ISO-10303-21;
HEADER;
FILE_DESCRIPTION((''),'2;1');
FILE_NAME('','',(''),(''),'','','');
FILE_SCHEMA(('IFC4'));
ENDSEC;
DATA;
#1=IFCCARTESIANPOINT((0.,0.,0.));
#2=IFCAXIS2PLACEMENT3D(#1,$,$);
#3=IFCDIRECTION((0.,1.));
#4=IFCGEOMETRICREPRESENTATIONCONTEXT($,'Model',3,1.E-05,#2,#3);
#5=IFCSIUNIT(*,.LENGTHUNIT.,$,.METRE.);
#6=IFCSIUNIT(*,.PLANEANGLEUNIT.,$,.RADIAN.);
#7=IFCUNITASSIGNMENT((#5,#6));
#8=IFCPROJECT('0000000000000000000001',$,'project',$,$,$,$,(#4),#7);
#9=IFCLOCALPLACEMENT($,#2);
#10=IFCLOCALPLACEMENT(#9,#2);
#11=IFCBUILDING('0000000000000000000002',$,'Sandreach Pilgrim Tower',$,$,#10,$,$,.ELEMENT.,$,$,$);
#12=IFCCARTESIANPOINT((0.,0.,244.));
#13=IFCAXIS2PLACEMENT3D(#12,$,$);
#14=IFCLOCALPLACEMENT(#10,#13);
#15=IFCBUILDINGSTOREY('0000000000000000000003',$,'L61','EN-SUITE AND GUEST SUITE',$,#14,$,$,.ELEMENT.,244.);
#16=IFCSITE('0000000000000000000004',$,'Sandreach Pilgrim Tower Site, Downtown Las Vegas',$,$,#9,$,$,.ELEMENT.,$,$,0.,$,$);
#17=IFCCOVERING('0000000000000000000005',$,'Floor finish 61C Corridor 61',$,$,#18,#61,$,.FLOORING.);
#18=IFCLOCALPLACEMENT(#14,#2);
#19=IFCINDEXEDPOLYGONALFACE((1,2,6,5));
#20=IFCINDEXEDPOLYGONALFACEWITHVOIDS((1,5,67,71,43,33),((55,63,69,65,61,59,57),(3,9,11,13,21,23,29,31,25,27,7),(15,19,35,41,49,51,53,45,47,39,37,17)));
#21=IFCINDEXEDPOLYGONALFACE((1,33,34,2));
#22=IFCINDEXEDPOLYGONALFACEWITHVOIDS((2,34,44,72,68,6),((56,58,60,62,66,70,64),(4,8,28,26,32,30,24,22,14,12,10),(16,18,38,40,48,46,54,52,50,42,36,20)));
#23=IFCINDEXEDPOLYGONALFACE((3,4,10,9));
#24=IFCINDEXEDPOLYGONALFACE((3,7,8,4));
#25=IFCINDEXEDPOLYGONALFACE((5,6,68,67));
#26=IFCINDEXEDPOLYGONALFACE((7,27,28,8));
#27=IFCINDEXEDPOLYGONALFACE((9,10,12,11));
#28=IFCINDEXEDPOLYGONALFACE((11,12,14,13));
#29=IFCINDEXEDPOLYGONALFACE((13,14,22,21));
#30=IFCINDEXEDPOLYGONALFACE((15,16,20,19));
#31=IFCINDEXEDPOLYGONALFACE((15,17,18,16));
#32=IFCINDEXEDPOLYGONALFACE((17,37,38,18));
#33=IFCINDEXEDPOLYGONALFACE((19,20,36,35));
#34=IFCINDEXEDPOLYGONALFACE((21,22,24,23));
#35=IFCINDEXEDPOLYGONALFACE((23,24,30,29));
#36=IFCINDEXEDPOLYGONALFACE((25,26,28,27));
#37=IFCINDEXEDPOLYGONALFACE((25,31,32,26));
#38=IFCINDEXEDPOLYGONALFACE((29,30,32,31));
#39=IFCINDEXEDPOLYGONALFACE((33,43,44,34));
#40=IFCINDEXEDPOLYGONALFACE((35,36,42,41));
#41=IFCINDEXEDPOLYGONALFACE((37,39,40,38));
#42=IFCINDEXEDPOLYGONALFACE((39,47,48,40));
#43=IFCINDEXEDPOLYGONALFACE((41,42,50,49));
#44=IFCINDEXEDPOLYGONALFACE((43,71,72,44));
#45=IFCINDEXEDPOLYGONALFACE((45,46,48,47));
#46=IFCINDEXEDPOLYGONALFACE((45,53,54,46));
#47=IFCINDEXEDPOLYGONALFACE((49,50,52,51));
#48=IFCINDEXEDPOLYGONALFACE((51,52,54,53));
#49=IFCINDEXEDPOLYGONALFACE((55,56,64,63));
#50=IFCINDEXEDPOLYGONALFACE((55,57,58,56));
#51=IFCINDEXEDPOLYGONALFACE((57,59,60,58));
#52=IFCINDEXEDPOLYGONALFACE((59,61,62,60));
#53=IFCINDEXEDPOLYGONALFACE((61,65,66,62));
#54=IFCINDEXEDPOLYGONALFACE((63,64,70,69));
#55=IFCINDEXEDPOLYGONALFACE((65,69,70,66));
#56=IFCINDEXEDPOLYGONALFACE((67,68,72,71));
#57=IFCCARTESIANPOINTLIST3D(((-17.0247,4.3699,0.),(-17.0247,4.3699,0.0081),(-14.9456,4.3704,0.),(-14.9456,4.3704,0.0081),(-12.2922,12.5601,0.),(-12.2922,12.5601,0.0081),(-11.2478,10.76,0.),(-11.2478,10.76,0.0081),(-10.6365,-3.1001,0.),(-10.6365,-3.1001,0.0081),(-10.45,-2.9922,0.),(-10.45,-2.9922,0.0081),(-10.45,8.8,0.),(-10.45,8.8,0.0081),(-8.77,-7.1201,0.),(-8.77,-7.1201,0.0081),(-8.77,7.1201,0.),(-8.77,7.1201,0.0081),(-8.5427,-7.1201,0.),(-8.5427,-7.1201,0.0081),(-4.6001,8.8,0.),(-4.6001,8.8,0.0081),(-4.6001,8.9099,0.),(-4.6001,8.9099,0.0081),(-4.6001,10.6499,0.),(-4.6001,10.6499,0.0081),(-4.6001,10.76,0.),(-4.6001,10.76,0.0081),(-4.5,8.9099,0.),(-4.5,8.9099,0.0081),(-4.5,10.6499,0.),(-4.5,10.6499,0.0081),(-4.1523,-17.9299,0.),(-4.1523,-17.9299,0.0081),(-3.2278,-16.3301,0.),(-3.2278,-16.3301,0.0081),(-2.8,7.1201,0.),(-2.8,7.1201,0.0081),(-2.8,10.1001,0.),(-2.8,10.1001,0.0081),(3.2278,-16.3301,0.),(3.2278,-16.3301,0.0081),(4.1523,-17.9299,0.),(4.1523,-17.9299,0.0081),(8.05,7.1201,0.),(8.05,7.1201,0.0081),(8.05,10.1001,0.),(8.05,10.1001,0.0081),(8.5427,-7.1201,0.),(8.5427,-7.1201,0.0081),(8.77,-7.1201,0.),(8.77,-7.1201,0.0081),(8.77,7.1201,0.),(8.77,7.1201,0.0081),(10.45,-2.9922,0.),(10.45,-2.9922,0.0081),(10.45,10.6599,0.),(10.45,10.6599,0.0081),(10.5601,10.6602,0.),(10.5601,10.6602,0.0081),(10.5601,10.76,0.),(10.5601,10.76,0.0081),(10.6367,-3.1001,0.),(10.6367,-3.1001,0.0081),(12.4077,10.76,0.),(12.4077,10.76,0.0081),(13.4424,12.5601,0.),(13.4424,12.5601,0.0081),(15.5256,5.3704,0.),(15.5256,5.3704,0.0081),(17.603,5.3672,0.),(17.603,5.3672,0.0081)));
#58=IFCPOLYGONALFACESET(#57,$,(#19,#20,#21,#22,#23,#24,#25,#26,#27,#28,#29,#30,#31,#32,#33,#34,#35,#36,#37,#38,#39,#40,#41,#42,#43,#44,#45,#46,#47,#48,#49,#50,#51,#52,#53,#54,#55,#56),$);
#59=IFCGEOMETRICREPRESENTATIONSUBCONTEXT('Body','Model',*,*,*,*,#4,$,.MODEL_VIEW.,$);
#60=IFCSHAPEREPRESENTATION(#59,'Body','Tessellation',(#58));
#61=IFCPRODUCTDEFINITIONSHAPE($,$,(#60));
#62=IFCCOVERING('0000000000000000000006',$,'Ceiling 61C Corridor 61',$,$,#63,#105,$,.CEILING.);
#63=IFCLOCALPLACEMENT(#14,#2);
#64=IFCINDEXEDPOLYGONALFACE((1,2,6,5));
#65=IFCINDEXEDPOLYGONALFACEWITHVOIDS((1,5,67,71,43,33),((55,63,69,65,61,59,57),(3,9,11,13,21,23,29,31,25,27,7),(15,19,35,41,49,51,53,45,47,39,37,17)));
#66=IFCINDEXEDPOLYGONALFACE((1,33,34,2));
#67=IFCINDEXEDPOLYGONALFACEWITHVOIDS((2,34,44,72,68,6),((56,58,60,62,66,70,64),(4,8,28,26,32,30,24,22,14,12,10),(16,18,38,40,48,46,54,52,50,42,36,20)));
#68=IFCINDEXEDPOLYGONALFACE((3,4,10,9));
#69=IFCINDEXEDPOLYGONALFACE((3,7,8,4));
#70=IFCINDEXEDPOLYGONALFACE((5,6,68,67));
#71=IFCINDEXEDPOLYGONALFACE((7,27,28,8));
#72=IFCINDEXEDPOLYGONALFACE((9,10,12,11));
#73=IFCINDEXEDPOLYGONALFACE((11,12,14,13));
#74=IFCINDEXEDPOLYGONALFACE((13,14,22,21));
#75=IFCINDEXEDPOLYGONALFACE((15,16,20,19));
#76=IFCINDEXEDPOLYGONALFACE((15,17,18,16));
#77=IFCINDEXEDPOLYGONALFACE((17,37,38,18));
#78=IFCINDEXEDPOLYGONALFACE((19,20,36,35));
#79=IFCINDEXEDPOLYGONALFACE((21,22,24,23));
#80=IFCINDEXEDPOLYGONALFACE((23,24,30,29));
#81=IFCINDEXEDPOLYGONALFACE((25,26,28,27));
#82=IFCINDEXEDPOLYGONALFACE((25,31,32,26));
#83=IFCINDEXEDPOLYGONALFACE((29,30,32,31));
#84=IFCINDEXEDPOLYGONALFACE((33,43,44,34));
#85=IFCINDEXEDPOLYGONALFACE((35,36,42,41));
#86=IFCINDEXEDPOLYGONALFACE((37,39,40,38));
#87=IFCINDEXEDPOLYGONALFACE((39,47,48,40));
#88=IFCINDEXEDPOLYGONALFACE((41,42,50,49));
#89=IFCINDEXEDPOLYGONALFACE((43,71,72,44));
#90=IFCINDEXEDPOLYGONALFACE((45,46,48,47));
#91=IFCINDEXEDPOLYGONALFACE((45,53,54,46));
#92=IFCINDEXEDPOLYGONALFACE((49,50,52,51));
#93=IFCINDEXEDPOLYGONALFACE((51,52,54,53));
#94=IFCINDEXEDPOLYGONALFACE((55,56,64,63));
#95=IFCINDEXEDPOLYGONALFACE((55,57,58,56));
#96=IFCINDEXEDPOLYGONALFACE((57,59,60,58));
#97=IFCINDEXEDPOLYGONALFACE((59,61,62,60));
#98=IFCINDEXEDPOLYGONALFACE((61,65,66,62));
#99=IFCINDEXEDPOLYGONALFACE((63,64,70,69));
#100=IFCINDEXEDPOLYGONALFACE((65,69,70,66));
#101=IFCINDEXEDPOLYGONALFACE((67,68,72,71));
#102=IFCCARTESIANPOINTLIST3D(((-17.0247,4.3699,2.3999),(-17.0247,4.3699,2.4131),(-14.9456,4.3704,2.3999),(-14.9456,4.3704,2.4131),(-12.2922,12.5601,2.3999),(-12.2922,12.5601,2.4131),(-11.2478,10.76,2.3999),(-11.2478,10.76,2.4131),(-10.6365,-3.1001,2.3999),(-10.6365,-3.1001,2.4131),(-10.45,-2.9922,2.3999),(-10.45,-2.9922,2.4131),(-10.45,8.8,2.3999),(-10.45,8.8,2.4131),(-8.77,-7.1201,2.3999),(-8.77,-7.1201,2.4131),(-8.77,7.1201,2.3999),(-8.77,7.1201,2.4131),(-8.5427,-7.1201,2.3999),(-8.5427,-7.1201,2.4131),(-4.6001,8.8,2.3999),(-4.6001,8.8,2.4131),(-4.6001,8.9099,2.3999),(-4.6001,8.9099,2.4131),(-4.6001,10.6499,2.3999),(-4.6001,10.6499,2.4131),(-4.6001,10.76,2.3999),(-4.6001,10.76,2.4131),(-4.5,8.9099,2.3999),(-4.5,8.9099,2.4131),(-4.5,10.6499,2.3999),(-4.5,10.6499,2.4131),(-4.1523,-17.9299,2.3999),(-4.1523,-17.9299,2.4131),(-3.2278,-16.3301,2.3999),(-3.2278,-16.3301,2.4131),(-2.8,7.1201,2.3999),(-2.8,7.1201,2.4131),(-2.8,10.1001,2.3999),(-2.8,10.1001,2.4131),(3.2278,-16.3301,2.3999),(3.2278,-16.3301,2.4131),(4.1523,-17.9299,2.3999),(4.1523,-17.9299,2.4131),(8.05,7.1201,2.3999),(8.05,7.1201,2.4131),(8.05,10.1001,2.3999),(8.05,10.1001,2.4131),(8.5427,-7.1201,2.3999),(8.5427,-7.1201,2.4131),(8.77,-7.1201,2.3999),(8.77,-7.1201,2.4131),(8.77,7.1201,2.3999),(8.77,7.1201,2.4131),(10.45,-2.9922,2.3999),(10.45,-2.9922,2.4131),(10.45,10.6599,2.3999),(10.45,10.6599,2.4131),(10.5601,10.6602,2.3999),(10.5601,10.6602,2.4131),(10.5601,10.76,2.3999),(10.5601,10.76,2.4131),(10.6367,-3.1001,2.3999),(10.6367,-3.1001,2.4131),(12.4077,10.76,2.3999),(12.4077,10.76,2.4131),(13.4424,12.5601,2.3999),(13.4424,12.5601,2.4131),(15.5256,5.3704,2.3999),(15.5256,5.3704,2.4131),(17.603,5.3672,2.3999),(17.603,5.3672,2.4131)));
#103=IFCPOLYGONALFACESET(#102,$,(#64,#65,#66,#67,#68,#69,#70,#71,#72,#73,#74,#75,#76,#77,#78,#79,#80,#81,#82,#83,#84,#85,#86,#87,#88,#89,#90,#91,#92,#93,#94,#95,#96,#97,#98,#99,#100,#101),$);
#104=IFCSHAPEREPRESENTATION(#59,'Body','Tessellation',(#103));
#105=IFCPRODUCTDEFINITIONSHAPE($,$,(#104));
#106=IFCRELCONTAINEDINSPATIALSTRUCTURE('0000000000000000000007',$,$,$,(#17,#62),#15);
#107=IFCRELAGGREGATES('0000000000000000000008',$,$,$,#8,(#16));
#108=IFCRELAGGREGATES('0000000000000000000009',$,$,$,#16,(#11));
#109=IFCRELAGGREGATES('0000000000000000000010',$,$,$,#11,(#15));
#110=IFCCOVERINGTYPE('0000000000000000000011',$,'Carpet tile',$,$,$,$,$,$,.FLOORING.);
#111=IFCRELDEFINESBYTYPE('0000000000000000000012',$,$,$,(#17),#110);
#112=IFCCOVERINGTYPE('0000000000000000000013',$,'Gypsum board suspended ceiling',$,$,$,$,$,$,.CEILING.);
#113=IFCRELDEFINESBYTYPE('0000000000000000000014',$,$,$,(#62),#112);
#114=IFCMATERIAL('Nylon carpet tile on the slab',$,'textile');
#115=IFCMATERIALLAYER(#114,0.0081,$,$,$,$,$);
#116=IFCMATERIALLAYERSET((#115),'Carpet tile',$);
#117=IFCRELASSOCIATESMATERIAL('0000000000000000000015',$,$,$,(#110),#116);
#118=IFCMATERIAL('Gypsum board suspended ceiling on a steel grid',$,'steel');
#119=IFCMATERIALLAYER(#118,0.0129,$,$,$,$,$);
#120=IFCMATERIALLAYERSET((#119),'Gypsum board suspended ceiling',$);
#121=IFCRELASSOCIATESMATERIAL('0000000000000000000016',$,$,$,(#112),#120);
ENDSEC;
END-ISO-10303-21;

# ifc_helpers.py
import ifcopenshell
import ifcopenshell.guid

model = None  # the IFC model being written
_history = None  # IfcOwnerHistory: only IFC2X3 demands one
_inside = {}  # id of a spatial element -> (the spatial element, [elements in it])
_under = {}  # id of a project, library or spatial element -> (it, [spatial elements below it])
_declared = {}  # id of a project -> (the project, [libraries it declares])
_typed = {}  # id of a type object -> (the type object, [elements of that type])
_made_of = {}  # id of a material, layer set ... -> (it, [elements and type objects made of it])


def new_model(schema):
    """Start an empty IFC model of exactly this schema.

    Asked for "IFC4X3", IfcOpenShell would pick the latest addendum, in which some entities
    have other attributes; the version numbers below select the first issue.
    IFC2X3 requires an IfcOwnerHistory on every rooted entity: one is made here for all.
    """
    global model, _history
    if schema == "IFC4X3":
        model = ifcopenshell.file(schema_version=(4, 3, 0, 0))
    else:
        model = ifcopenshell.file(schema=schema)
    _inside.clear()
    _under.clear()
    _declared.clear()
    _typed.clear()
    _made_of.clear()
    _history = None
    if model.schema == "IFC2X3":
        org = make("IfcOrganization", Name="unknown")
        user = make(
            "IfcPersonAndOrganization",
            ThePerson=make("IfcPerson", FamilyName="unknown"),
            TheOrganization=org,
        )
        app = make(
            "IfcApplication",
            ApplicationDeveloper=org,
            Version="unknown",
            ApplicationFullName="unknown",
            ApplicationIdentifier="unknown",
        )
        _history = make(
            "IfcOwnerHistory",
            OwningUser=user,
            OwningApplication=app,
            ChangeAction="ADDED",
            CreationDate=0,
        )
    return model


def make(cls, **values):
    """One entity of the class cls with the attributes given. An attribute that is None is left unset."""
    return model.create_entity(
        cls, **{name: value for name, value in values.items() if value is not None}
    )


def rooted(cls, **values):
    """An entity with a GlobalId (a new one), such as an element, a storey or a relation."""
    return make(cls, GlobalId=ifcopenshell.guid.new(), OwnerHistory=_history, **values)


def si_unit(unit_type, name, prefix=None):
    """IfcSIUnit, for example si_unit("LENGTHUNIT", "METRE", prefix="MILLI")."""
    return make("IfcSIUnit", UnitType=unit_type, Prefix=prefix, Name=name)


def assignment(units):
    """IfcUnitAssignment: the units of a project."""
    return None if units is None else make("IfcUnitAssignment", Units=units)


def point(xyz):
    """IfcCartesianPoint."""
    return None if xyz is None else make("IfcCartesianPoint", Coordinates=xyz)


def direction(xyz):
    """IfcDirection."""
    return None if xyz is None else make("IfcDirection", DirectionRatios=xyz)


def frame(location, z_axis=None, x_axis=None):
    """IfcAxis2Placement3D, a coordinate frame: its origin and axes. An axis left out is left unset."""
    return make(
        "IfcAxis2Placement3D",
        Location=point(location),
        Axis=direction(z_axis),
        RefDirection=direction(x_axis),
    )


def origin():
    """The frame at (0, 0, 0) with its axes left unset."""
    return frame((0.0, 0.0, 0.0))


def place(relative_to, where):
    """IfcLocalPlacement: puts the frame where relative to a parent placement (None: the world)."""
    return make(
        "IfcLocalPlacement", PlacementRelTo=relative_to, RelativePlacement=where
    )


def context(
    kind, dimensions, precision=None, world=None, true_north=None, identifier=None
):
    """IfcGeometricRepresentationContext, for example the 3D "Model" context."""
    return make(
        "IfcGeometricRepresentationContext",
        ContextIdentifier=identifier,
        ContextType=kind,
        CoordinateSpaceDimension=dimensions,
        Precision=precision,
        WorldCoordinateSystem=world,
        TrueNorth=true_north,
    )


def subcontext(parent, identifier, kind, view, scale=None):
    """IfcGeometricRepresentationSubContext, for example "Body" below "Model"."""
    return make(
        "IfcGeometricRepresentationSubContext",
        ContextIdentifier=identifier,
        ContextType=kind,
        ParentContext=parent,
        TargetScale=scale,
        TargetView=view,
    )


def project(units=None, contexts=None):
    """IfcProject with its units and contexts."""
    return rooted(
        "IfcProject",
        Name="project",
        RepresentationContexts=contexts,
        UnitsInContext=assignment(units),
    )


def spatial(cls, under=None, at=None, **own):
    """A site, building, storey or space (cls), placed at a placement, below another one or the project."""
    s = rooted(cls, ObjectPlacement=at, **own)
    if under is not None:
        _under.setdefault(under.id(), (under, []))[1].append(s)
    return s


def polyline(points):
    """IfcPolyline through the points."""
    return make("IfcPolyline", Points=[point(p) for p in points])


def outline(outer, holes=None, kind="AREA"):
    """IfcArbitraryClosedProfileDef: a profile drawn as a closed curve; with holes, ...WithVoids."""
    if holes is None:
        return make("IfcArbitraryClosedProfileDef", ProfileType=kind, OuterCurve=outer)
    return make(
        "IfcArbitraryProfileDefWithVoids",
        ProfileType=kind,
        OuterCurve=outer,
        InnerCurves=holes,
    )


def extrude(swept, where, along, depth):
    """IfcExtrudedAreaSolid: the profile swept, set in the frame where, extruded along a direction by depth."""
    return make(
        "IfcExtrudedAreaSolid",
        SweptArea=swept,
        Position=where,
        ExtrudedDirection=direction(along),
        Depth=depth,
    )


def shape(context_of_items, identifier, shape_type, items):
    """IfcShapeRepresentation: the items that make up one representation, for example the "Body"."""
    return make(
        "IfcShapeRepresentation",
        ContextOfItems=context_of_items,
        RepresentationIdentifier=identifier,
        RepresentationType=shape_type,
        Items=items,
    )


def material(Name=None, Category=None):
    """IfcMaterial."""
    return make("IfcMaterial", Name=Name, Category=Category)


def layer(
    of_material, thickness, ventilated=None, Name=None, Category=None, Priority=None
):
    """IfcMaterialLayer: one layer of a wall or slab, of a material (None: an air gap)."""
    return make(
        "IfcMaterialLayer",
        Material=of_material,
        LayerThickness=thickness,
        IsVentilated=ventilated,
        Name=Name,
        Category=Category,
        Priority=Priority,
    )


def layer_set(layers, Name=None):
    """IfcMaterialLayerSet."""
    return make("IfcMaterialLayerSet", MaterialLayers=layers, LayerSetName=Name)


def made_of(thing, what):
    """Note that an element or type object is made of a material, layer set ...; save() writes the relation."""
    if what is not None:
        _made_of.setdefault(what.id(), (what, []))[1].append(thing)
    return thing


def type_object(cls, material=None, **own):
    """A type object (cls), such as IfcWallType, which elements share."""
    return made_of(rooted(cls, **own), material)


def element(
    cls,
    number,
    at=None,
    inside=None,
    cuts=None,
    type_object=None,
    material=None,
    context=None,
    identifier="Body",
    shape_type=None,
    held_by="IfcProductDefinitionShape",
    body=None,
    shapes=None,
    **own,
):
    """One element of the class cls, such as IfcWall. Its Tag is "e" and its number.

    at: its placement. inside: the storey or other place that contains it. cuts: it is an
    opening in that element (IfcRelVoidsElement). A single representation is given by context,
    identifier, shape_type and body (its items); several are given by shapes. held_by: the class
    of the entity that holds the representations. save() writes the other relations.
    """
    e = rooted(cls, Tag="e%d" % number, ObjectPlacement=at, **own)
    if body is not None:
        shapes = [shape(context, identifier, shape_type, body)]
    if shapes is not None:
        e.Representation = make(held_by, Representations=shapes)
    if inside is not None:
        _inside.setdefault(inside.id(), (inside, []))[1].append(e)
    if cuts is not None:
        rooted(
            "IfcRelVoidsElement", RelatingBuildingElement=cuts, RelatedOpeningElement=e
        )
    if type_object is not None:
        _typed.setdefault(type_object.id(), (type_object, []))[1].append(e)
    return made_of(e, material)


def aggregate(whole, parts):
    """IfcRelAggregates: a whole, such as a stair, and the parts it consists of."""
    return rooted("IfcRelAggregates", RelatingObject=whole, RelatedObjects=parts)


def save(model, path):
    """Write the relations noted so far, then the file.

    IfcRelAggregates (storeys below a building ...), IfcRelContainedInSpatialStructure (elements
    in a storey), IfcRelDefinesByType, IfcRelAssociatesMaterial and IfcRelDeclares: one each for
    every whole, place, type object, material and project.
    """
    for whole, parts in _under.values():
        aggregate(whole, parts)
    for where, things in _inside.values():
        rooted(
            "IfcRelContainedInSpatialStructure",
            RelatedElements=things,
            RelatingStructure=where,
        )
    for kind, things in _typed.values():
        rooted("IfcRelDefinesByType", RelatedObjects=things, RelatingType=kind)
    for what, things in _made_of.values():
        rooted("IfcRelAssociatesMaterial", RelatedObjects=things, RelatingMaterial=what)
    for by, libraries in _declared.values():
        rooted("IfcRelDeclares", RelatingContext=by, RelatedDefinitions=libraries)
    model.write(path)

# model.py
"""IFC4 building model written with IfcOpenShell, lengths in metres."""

from ifc_helpers import new_model, si_unit, direction, frame, origin, place, context, subcontext, project, spatial, polyline, outline, extrude, material, layer, layer_set, type_object, element, save


model = new_model("IFC4")

# Units and contexts
model_context = context("Model", 3, precision=1e-05, world=origin(), true_north=direction((0.0, 1.0)))
body_context = subcontext(model_context, "Body", "Model", "MODEL_VIEW")
ifc_project = project(units=[si_unit("LENGTHUNIT", "METRE"), si_unit("PLANEANGLEUNIT", "RADIAN")], contexts=[model_context])

# Site, building, storey
site_placement = place(None, origin())
site = spatial("IfcSite", under=ifc_project, at=site_placement, Name="Sandreach Pilgrim Tower Site, Downtown Las Vegas", CompositionType="ELEMENT", RefElevation=0.0)
building_placement = place(site_placement, origin())
building = spatial("IfcBuilding", under=site, at=building_placement, Name="Sandreach Pilgrim Tower", CompositionType="ELEMENT")
storey_placement = place(building_placement, frame((0.0, 0.0, 244.0)))
storey = spatial("IfcBuildingStorey", under=building, at=storey_placement, Name="L61", Description="EN-SUITE AND GUEST SUITE", CompositionType="ELEMENT", Elevation=244.0)

# Coverings
ifc_material_1 = material(Name="Nylon carpet tile on the slab", Category="textile")
ifc_layer_1 = layer(ifc_material_1, 0.0081)
ifc_layer_set_1 = layer_set([ifc_layer_1], Name="Carpet tile")
covering_type_1 = type_object("IfcCoveringType", Name="Carpet tile", PredefinedType="FLOORING", material=ifc_layer_set_1)
covering_1_placement = place(storey_placement, origin())
element("IfcCovering", 1, at=covering_1_placement, inside=storey, type_object=covering_type_1, Name="Floor finish 61C Corridor 61", PredefinedType="FLOORING", context=body_context, shape_type="SweptSolid", body=[
    extrude(outline(polyline([(-4.1523, -17.9299), (-17.0247, 4.3699), (-12.2922, 12.5601), (13.4424, 12.5601), (17.603, 5.3672), (4.1523, -17.9299), (-4.1523, -17.9299)]), holes=[polyline([(10.45, -2.9922), (10.6367, -3.1001), (15.5256, 5.3704), (12.4077, 10.76), (10.5601, 10.76), (10.5601, 10.6602), (10.45, 10.6599), (10.45, -2.9922)]), polyline([(-3.2278, -16.3301), (3.2278, -16.3301), (8.5427, -7.1201), (8.77, -7.1201), (8.77, 7.1201), (8.05, 7.1201), (8.05, 10.1001), (-2.8, 10.1001), (-2.8, 7.1201), (-8.77, 7.1201), (-8.77, -7.1201), (-8.5427, -7.1201), (-3.2278, -16.3301)]), polyline([(-14.9456, 4.3704), (-10.6365, -3.1001), (-10.45, -2.9922), (-10.45, 8.8), (-4.6001, 8.8), (-4.6001, 8.9099), (-4.5, 8.9099), (-4.5, 10.6499), (-4.6001, 10.6499), (-4.6001, 10.76), (-11.2478, 10.76), (-14.9456, 4.3704)])]), origin(), (0.0, 0.0, 1.0), 0.0081),
])
ifc_material_2 = material(Name="Gypsum board suspended ceiling on a steel grid", Category="steel")
ifc_layer_2 = layer(ifc_material_2, 0.0129)
ifc_layer_set_2 = layer_set([ifc_layer_2], Name="Gypsum board suspended ceiling")
covering_type_2 = type_object("IfcCoveringType", Name="Gypsum board suspended ceiling", PredefinedType="CEILING", material=ifc_layer_set_2)
covering_2_placement = place(storey_placement, frame((0.0, 0.0, 2.3999)))
element("IfcCovering", 2, at=covering_2_placement, inside=storey, type_object=covering_type_2, Name="Ceiling 61C Corridor 61", PredefinedType="CEILING", context=body_context, shape_type="SweptSolid", body=[
    extrude(outline(polyline([(-4.1523, -17.9299), (-17.0247, 4.3699), (-12.2922, 12.5601), (13.4424, 12.5601), (17.603, 5.3672), (4.1523, -17.9299), (-4.1523, -17.9299)]), holes=[polyline([(10.45, -2.9922), (10.6367, -3.1001), (15.5256, 5.3704), (12.4077, 10.76), (10.5601, 10.76), (10.5601, 10.6602), (10.45, 10.6599), (10.45, -2.9922)]), polyline([(-3.2278, -16.3301), (3.2278, -16.3301), (8.5427, -7.1201), (8.77, -7.1201), (8.77, 7.1201), (8.05, 7.1201), (8.05, 10.1001), (-2.8, 10.1001), (-2.8, 7.1201), (-8.77, 7.1201), (-8.77, -7.1201), (-8.5427, -7.1201), (-3.2278, -16.3301)]), polyline([(-14.9456, 4.3704), (-10.6365, -3.1001), (-10.45, -2.9922), (-10.45, 8.8), (-4.6001, 8.8), (-4.6001, 8.9099), (-4.5, 8.9099), (-4.5, 10.6499), (-4.6001, 10.6499), (-4.6001, 10.76), (-11.2478, 10.76), (-14.9456, 4.3704)])]), origin(), (0.0, 0.0, 1.0), 0.0132),
])

save(model, "model.ifc")
